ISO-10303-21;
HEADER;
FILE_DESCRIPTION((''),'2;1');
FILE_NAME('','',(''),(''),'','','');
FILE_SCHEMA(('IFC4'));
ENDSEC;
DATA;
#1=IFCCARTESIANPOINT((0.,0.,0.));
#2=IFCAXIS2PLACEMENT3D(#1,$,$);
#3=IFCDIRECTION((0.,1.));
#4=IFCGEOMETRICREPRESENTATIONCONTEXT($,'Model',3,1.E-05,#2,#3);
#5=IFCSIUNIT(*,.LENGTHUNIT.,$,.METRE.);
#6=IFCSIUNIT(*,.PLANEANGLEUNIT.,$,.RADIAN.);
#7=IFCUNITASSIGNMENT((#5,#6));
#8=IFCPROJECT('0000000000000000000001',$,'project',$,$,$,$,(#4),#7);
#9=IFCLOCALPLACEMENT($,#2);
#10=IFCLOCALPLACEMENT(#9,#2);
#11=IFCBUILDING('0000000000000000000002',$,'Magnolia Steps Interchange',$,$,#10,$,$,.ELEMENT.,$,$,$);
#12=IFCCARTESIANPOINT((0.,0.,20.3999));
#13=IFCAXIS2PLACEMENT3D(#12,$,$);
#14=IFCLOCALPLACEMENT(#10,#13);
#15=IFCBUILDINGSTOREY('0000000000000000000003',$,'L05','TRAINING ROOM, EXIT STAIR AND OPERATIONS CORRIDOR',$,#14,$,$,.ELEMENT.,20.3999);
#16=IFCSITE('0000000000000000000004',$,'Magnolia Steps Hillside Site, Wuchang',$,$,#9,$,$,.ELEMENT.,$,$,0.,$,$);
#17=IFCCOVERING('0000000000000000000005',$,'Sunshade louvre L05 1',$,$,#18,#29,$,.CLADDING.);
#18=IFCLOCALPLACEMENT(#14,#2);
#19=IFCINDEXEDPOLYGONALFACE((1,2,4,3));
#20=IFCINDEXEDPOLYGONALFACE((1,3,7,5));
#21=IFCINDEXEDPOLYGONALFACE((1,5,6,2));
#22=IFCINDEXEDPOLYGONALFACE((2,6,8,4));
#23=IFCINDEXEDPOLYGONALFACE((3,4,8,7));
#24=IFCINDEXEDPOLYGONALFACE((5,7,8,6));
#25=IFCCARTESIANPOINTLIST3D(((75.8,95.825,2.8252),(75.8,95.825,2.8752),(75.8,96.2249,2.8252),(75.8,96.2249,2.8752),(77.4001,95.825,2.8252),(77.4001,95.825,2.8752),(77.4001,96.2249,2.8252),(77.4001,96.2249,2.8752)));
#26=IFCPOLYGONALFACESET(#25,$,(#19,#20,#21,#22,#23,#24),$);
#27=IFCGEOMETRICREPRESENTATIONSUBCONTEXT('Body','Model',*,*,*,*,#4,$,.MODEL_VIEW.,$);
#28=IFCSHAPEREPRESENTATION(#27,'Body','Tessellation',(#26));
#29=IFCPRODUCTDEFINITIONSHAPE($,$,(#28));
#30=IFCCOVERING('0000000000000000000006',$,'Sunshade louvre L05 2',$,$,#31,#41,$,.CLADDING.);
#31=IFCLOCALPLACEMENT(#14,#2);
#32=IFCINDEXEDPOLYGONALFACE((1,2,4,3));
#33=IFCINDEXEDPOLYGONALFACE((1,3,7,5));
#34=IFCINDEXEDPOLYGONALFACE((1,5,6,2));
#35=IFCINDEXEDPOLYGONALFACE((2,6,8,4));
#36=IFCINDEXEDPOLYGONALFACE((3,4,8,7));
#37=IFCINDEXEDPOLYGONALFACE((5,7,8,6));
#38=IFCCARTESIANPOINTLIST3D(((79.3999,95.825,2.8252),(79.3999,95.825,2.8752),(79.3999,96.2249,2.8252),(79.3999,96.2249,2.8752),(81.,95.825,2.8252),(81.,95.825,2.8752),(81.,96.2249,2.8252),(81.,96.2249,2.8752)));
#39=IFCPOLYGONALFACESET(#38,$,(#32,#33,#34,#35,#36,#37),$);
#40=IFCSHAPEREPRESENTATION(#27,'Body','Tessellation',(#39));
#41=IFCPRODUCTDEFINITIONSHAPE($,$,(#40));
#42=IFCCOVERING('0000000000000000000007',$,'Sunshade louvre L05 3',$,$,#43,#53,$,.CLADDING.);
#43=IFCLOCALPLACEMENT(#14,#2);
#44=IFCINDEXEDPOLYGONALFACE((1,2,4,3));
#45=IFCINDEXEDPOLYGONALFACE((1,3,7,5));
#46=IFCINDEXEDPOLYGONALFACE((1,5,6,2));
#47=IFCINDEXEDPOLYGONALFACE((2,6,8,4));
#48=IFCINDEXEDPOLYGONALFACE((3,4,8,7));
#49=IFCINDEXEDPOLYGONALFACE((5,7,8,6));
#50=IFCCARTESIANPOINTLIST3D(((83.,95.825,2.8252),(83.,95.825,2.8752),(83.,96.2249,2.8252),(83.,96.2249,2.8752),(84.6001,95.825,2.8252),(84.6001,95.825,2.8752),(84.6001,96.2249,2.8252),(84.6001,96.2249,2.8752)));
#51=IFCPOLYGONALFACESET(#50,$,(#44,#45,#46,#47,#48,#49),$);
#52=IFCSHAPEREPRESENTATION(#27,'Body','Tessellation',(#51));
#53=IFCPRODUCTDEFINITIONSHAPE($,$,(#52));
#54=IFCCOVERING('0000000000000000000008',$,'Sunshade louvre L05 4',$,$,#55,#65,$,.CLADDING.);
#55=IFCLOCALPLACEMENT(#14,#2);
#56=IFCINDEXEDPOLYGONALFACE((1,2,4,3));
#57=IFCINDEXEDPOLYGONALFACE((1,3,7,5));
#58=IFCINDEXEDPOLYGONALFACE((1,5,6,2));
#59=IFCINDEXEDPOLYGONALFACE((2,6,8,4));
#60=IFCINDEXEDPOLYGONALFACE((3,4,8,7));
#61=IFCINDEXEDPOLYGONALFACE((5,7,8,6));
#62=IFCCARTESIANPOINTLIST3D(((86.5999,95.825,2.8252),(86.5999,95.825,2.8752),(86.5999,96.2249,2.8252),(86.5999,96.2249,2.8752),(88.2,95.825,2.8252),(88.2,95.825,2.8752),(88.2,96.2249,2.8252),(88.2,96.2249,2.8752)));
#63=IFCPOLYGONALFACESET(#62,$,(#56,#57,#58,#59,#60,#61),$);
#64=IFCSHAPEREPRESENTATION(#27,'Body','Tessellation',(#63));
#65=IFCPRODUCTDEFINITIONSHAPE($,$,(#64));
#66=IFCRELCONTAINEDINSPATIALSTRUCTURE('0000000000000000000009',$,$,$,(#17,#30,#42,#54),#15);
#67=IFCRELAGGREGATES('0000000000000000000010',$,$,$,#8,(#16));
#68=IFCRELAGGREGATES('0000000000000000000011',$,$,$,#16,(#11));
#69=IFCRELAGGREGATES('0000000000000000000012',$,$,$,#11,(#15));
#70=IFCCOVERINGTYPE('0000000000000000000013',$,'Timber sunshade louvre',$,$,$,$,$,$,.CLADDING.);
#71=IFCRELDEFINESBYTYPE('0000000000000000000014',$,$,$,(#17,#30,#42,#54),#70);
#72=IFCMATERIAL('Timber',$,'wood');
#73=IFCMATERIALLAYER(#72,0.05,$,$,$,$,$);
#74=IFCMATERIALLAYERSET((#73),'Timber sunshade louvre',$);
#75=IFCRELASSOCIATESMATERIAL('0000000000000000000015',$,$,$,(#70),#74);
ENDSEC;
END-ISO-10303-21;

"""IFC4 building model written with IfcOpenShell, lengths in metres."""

from ifc_helpers import new_model, si_unit, direction, frame, origin, origin_2d, place, context, subcontext, project, spatial, rectangle, extrude, material, layer, layer_set, type_object, element, save


model = new_model("IFC4")

# Units and contexts
model_context = context("Model", 3, precision=1e-05, world=origin(), true_north=direction((0.0, 1.0)))
body_context = subcontext(model_context, "Body", "Model", "MODEL_VIEW")
ifc_project = project(units=[si_unit("LENGTHUNIT", "METRE"), si_unit("PLANEANGLEUNIT", "RADIAN")], contexts=[model_context])

# Site, building, storey
site_placement = place(None, origin())
site = spatial("IfcSite", under=ifc_project, at=site_placement, Name="Magnolia Steps Hillside Site, Wuchang", CompositionType="ELEMENT", RefElevation=0.0)
building_placement = place(site_placement, origin())
building = spatial("IfcBuilding", under=site, at=building_placement, Name="Magnolia Steps Interchange", CompositionType="ELEMENT")
storey_placement = place(building_placement, frame((0.0, 0.0, 20.3999)))
storey = spatial("IfcBuildingStorey", under=building, at=storey_placement, Name="L05", Description="TRAINING ROOM, EXIT STAIR AND OPERATIONS CORRIDOR", CompositionType="ELEMENT", Elevation=20.3999)

# Coverings
ifc_material_1 = material(Name="Timber", Category="wood")
ifc_layer_1 = layer(ifc_material_1, 0.05)
ifc_layer_set_1 = layer_set([ifc_layer_1], Name="Timber sunshade louvre")
covering_type_1 = type_object("IfcCoveringType", Name="Timber sunshade louvre", PredefinedType="CLADDING", material=ifc_layer_set_1)
for number, where, z_axis, x_axis, name in (
    (1, (76.6001, 96.0249, 2.8252), (0.0, 0.0, 1.0), (1.0, 0.0, 0.0), "Sunshade louvre L05 1"),
    (2, (80.2, 96.0249, 2.8252), (0.0, 0.0, 1.0), (1.0, 0.0, 0.0), "Sunshade louvre L05 2"),
    (3, (83.8, 96.0249, 2.8252), (0.0, 0.0, 1.0), (1.0, 0.0, 0.0), "Sunshade louvre L05 3"),
    (4, (87.3999, 96.0249, 2.8252), (0.0, 0.0, 1.0), (1.0, 0.0, 0.0), "Sunshade louvre L05 4"),
):
    element("IfcCovering", number, at=place(storey_placement, frame(where, z_axis=z_axis, x_axis=x_axis)), inside=storey, type_object=covering_type_1, Name=name, PredefinedType="CLADDING", context=body_context, shape_type="SweptSolid", body=[
        extrude(rectangle(XDim=1.6001, YDim=0.3999, at=origin_2d()), origin(), (0.0, 0.0, 1.0), 0.05),
    ])

save(model, "model.ifc")
